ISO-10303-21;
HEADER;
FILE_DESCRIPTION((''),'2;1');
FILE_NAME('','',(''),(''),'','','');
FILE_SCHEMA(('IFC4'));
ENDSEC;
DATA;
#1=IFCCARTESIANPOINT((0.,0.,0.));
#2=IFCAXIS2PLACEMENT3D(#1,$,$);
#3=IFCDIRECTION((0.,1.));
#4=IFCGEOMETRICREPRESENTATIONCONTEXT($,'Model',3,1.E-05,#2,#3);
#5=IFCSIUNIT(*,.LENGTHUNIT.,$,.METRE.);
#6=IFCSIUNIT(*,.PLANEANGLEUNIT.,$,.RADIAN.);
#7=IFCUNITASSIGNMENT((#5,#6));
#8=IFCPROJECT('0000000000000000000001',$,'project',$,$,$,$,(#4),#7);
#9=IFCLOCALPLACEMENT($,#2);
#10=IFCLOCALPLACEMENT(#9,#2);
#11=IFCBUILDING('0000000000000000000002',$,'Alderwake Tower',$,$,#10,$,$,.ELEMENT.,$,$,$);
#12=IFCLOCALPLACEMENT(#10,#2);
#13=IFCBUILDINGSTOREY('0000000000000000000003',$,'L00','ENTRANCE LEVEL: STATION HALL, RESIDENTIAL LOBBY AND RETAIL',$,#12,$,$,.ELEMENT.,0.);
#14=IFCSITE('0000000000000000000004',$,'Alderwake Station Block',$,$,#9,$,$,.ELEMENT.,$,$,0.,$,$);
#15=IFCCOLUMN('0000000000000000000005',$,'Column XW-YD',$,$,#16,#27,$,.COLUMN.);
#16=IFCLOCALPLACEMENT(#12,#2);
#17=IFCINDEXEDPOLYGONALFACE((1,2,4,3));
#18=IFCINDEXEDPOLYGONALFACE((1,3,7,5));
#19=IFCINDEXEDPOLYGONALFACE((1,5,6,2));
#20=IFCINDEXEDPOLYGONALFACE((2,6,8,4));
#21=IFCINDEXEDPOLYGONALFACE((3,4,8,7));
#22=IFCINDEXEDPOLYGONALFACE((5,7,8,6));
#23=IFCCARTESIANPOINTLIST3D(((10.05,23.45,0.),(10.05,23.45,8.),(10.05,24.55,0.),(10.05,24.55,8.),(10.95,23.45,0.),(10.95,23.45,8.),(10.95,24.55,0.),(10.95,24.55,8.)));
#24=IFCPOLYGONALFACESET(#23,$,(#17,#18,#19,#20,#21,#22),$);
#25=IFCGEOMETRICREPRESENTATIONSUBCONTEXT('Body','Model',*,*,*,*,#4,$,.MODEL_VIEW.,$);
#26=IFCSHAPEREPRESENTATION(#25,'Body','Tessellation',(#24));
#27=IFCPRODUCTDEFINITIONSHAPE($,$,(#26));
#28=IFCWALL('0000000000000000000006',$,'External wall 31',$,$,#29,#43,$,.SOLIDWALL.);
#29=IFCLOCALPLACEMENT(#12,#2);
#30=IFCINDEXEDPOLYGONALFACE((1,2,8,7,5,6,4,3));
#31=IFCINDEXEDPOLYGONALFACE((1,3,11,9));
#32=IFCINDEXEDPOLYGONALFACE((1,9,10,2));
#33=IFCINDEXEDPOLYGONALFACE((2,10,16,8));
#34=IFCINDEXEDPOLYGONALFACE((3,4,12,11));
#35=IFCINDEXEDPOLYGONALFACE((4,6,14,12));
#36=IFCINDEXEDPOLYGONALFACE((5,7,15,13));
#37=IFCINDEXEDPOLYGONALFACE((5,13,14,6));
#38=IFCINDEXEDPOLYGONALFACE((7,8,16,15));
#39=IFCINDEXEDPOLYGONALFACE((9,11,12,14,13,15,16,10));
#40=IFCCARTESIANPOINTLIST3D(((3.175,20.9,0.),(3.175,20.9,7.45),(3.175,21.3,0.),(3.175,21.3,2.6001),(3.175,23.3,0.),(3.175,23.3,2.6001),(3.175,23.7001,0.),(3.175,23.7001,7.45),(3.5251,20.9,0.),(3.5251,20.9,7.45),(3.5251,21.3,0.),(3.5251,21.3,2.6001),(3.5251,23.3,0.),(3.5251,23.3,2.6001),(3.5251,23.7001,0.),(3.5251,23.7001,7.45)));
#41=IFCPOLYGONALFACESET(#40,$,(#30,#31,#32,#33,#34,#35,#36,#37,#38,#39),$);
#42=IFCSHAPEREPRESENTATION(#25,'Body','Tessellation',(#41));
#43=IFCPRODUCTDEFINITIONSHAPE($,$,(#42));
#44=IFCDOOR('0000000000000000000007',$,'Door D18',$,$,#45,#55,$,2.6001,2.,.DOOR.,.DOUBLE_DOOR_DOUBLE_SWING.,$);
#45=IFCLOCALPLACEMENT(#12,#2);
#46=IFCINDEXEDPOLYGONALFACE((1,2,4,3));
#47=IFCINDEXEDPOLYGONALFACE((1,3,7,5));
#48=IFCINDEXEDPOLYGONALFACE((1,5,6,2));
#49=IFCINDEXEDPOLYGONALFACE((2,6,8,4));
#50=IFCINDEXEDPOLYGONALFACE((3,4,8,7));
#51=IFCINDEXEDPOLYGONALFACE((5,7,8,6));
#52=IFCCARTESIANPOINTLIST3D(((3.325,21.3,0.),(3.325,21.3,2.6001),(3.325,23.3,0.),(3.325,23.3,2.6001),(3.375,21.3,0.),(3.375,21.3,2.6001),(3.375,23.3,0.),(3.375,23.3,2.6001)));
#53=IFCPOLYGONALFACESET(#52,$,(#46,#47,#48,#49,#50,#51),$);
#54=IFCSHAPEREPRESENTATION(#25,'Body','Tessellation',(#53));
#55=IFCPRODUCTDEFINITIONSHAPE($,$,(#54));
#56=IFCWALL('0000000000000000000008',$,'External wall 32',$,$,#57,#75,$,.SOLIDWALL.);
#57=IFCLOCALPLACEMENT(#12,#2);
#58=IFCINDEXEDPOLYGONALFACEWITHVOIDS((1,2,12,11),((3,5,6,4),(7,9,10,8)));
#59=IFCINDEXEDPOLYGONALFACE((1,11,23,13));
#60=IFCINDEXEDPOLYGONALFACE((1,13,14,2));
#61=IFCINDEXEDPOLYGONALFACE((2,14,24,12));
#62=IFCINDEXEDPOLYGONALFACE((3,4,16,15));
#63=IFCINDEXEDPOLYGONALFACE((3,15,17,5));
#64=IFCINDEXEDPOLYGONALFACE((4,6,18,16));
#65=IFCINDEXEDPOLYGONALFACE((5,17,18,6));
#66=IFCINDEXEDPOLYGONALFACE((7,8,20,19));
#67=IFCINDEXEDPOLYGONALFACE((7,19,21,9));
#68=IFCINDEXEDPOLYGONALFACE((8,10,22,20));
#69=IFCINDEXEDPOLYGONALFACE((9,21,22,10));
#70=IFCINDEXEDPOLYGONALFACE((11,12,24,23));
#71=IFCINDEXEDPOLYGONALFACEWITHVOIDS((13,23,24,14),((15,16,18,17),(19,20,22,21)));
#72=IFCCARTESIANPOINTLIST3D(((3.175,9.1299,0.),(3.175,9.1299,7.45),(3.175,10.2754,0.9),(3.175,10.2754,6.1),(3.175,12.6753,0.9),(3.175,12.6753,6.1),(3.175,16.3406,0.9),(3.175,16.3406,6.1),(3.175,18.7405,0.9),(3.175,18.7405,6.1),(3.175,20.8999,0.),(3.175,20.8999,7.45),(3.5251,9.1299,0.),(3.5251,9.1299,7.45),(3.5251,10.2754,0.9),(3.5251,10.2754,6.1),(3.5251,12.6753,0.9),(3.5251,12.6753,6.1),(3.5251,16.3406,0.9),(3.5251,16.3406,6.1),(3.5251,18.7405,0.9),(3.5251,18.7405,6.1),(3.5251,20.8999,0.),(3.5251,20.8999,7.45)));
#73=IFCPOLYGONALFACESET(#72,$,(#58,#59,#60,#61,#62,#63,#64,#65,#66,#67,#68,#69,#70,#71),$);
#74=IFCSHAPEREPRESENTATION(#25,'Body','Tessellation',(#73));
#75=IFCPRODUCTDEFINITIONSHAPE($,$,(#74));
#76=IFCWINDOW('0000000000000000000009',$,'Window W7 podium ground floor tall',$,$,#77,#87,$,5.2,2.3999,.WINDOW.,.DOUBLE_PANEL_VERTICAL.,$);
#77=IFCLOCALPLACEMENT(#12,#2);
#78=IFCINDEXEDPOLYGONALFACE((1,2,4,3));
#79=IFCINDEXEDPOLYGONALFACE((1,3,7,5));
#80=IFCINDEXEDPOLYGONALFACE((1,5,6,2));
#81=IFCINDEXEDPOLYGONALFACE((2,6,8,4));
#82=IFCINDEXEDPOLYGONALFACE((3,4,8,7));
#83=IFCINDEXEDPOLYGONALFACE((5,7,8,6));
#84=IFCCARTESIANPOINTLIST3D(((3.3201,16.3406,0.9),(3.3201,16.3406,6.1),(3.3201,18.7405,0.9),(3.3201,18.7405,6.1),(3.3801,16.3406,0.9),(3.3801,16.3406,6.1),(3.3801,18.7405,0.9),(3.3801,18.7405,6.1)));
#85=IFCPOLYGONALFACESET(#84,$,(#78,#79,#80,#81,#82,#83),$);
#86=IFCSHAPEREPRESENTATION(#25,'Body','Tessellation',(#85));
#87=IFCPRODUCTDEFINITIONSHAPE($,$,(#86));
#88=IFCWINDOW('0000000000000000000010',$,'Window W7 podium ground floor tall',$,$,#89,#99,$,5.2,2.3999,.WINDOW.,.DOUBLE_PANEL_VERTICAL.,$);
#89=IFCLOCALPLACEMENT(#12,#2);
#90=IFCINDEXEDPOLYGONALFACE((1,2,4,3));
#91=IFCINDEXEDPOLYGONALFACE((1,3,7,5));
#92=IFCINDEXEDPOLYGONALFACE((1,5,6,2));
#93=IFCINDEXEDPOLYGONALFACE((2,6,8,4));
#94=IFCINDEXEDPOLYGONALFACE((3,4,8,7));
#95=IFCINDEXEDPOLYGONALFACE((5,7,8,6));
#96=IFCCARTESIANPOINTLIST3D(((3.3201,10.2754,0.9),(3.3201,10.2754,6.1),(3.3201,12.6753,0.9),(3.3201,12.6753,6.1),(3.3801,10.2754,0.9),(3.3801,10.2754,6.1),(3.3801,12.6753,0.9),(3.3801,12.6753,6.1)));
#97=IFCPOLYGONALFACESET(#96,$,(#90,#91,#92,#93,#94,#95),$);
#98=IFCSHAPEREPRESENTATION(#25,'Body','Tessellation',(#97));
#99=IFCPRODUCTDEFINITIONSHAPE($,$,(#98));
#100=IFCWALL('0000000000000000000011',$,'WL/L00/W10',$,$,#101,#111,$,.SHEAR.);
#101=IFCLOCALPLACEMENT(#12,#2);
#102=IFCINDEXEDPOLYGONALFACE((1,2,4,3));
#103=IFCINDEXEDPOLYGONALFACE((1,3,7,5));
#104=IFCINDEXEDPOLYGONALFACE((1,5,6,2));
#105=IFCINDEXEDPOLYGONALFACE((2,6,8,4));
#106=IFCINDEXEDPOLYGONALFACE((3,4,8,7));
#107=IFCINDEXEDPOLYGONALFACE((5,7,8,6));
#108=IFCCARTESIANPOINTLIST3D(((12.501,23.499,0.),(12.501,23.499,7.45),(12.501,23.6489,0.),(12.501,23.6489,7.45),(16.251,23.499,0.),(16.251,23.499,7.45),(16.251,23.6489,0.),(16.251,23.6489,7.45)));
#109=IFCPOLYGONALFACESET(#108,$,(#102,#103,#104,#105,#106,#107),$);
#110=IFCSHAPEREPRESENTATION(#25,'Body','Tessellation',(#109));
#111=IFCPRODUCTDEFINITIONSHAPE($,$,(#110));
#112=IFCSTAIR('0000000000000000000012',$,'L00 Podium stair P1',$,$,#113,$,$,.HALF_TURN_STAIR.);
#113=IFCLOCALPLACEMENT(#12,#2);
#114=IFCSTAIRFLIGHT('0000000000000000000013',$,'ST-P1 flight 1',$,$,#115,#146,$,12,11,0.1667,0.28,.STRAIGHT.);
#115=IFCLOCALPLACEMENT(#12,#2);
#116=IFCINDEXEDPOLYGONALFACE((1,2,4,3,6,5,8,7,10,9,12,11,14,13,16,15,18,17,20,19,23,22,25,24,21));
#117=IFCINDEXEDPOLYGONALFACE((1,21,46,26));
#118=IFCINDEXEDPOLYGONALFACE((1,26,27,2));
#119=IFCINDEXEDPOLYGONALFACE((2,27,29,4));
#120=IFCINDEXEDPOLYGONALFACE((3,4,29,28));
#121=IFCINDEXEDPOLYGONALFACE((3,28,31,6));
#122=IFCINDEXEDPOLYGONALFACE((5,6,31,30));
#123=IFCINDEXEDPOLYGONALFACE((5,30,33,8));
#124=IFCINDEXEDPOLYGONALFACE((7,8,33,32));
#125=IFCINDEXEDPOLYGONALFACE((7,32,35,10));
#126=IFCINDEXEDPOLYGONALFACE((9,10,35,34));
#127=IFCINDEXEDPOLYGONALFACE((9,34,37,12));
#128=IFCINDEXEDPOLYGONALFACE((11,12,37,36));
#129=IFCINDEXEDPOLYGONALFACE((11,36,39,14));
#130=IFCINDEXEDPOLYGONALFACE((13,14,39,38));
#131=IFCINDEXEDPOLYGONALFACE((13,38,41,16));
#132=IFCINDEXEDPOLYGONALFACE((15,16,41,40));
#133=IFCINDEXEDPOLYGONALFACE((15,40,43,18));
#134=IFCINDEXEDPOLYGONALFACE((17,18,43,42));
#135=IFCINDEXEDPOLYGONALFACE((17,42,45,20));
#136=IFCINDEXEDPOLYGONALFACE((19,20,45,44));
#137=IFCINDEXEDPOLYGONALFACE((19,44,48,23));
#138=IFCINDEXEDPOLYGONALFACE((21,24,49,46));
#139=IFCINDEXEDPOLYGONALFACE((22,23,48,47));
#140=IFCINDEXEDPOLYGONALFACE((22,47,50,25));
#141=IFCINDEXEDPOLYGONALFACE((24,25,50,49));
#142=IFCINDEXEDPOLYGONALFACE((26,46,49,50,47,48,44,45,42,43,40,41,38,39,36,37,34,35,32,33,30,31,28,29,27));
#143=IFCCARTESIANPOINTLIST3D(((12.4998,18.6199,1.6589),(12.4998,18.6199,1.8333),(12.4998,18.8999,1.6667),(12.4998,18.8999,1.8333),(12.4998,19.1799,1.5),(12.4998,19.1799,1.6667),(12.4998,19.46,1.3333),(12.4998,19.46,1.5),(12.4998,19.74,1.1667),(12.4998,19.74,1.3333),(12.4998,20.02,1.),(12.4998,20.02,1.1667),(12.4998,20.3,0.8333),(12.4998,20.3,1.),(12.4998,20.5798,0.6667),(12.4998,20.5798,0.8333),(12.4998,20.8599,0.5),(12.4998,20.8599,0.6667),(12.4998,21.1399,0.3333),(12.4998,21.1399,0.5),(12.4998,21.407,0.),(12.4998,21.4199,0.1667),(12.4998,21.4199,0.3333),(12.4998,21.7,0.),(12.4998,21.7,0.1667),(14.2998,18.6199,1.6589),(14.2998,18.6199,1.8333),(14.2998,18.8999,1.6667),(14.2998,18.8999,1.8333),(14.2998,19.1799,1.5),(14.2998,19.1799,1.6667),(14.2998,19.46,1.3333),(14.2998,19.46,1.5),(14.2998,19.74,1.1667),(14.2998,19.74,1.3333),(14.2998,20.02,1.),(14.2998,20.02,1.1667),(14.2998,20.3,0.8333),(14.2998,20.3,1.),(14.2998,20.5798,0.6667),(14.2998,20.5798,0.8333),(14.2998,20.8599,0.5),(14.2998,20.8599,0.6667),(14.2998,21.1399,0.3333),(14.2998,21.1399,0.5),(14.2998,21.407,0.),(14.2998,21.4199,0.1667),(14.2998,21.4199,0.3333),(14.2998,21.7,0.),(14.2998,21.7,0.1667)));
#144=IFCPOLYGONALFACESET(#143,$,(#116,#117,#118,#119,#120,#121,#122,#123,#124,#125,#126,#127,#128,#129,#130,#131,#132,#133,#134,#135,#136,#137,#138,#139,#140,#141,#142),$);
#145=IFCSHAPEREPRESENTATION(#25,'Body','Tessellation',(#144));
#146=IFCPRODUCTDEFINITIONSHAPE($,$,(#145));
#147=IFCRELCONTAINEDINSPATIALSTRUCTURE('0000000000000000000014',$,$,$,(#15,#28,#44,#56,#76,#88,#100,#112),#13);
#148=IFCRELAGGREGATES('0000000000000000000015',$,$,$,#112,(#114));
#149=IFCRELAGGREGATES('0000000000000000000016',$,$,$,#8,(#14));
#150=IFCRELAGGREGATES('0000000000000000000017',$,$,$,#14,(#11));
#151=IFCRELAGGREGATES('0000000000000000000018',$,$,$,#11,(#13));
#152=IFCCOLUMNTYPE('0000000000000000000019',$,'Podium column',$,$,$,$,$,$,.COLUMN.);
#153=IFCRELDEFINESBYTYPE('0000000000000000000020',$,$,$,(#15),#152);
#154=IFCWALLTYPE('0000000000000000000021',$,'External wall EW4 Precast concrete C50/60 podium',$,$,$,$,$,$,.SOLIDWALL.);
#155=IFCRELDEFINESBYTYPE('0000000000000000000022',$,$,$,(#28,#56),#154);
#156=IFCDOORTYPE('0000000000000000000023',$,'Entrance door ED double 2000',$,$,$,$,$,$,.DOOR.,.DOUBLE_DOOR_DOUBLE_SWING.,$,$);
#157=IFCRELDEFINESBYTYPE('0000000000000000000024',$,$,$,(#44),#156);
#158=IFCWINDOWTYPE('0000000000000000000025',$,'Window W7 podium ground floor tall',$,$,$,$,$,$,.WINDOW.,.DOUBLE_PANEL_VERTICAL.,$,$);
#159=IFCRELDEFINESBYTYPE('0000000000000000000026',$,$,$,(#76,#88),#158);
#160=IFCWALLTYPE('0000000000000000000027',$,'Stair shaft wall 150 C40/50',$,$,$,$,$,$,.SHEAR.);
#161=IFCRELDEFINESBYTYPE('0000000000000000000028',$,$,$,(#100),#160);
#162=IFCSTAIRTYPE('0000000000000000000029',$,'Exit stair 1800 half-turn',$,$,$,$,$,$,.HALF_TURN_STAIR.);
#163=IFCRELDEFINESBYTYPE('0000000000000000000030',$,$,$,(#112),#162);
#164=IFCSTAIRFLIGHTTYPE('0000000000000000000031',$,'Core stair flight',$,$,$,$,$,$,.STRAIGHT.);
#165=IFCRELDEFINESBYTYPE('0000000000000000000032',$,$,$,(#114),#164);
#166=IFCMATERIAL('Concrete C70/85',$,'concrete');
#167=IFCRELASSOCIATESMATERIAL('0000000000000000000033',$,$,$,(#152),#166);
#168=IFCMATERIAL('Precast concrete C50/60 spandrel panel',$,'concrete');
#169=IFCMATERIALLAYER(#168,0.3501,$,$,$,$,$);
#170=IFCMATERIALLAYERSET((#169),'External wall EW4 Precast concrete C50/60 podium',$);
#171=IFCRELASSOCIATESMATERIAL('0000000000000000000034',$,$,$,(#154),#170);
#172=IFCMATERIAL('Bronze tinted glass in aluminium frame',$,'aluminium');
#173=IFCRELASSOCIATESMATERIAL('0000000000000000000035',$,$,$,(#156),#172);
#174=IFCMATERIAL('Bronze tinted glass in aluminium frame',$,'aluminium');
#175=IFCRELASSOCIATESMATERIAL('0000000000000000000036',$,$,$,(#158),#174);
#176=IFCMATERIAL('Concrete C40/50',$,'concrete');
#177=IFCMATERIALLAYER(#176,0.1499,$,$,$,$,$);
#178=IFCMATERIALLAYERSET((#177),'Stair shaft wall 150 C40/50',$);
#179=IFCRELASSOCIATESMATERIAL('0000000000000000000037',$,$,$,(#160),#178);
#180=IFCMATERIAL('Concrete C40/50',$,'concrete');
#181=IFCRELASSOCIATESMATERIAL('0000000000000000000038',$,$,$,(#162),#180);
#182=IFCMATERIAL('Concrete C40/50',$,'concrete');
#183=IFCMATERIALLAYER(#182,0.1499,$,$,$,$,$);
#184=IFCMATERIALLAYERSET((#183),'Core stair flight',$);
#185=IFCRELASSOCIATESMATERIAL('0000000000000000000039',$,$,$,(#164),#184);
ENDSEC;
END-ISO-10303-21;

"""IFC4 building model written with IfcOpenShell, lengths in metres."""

from ifc_helpers import new_model, si_unit, direction, frame, frame_2d, origin, origin_2d, place, context, subcontext, project, spatial, polyline, rectangle, outline, extrude, material, layer, layer_set, material_profile, profile_set, type_object, element, fill, aggregate, save


model = new_model("IFC4")

# Units and contexts
model_context = context("Model", 3, precision=1e-05, world=origin(), true_north=direction((0.0, 1.0)))
body_context = subcontext(model_context, "Body", "Model", "MODEL_VIEW")
ifc_project = project(units=[si_unit("LENGTHUNIT", "METRE"), si_unit("PLANEANGLEUNIT", "RADIAN")], contexts=[model_context])

# Site, building, storey
site_placement = place(None, origin())
site = spatial("IfcSite", under=ifc_project, at=site_placement, Name="Alderwake Station Block", CompositionType="ELEMENT", RefElevation=0.0)
building_placement = place(site_placement, origin())
building = spatial("IfcBuilding", under=site, at=building_placement, Name="Alderwake Tower", CompositionType="ELEMENT")
storey_placement = place(building_placement, origin())
storey = spatial("IfcBuildingStorey", under=building, at=storey_placement, Name="L00", Description="ENTRANCE LEVEL: STATION HALL, RESIDENTIAL LOBBY AND RETAIL", CompositionType="ELEMENT", Elevation=0.0)

# Column
ifc_material_1 = material(Name="Concrete C70/85", Category="concrete")
ifc_material_profile = material_profile(ifc_material_1, rectangle(XDim=0.8999, YDim=1.1001, at=origin_2d()), Name="RC 1100X900")
ifc_profile_set = profile_set([ifc_material_profile], Name="Concrete C70/85")
column_type = type_object("IfcColumnType", Name="Podium column", PredefinedType="COLUMN", material=ifc_profile_set)
column_placement = place(storey_placement, frame((10.5, 24.0, 0.0), z_axis=(0.0, 0.0, 1.0), x_axis=(1.0, 0.0, 0.0)))
element("IfcColumn", 1, at=column_placement, inside=storey, type_object=column_type, Name="Column XW-YD", PredefinedType="COLUMN", context=body_context, shape_type="SweptSolid", body=[
    extrude(rectangle(XDim=0.8999, YDim=1.1001, at=origin_2d()), origin(), (0.0, 0.0, 1.0), 8.0),
])

# Wall, opening, door
ifc_material_2 = material(Name="Precast concrete C50/60 spandrel panel", Category="concrete")
ifc_layer_1 = layer(ifc_material_2, 0.3501)
ifc_layer_set_1 = layer_set([ifc_layer_1], Name="External wall EW4 Precast concrete C50/60 podium")
wall_type_1 = type_object("IfcWallType", Name="External wall EW4 Precast concrete C50/60 podium", PredefinedType="SOLIDWALL", material=ifc_layer_set_1)
wall_1_placement = place(storey_placement, frame((3.3501, 23.7, 0.0), z_axis=(0.0, 0.0, 1.0), x_axis=(0.0, -1.0, 0.0)))
wall_1 = element("IfcWall", 2, at=wall_1_placement, inside=storey, type_object=wall_type_1, Name="External wall 31", PredefinedType="SOLIDWALL", context=body_context, shape_type="SweptSolid", body=[
    extrude(rectangle(XDim=2.8, YDim=0.3501, at=frame_2d((1.3999, 0.0))), origin(), (0.0, 0.0, 1.0), 7.45),
])
opening_1_placement = place(wall_1_placement, frame((0.3999, 0.0, 0.0)))
opening_1 = element("IfcOpeningElement", 3, at=opening_1_placement, cuts=wall_1, PredefinedType="OPENING", context=body_context, shape_type="SweptSolid", body=[
    extrude(rectangle(XDim=2.0, YDim=2.6001, at=frame_2d((1.0, 1.3))), frame((0.0, 0.1851, 0.0), z_axis=(0.0, -1.0, 0.0), x_axis=(1.0, 0.0, 0.0)), (0.0, 0.0, 1.0), 0.3701),
])
ifc_material_3 = material(Name="Bronze tinted glass in aluminium frame", Category="aluminium")
door_type = type_object("IfcDoorType", Name="Entrance door ED double 2000", OperationType="DOUBLE_DOOR_DOUBLE_SWING", PredefinedType="DOOR", material=ifc_material_3)
door_placement = place(opening_1_placement, origin())
door = element("IfcDoor", 4, at=door_placement, inside=storey, type_object=door_type, Name="Door D18", OperationType="DOUBLE_DOOR_DOUBLE_SWING", OverallHeight=2.6001, OverallWidth=2.0, PredefinedType="DOOR", context=body_context, shape_type="SweptSolid", body=[
    extrude(rectangle(XDim=2.0, YDim=2.6001, at=frame_2d((1.0, 1.3))), frame((0.0, 0.0249, 0.0), z_axis=(0.0, -1.0, 0.0), x_axis=(1.0, 0.0, 0.0)), (0.0, 0.0, 1.0), 0.05),
])
fill(opening_1, door)

# Wall, openings, windows
wall_2_placement = place(storey_placement, frame((3.3501, 20.8999, 0.0), z_axis=(0.0, 0.0, 1.0), x_axis=(0.0, -1.0, 0.0)))
wall_2 = element("IfcWall", 5, at=wall_2_placement, inside=storey, type_object=wall_type_1, Name="External wall 32", PredefinedType="SOLIDWALL", context=body_context, shape_type="SweptSolid", body=[
    extrude(rectangle(XDim=11.77, YDim=0.3501, at=frame_2d((5.885, 0.0))), origin(), (0.0, 0.0, 1.0), 7.45),
])
opening_2_placement = place(wall_2_placement, frame((2.1594, 0.0, 0.8999)))
opening_2 = element("IfcOpeningElement", 6, at=opening_2_placement, cuts=wall_2, PredefinedType="OPENING", context=body_context, shape_type="SweptSolid", body=[
    extrude(rectangle(XDim=2.3999, YDim=5.2, at=frame_2d((1.2, 2.6001))), frame((0.0, 0.1851, 0.0), z_axis=(0.0, -1.0, 0.0), x_axis=(1.0, 0.0, 0.0)), (0.0, 0.0, 1.0), 0.3701),
])
opening_3_placement = place(wall_2_placement, frame((8.2246, 0.0, 0.8999)))
opening_3 = element("IfcOpeningElement", 7, at=opening_3_placement, cuts=wall_2, PredefinedType="OPENING", context=body_context, shape_type="SweptSolid", body=[
    extrude(rectangle(XDim=2.3999, YDim=5.2, at=frame_2d((1.2, 2.6001))), frame((0.0, 0.1851, 0.0), z_axis=(0.0, -1.0, 0.0), x_axis=(1.0, 0.0, 0.0)), (0.0, 0.0, 1.0), 0.3701),
])
ifc_material_4 = material(Name="Bronze tinted glass in aluminium frame", Category="aluminium")
window_type = type_object("IfcWindowType", Name="Window W7 podium ground floor tall", PartitioningType="DOUBLE_PANEL_VERTICAL", PredefinedType="WINDOW", material=ifc_material_4)
window_1_placement = place(opening_2_placement, origin())
window_1 = element("IfcWindow", 8, at=window_1_placement, inside=storey, type_object=window_type, Name="Window W7 podium ground floor tall", OverallHeight=5.2, OverallWidth=2.3999, PartitioningType="DOUBLE_PANEL_VERTICAL", PredefinedType="WINDOW", context=body_context, shape_type="SweptSolid", body=[
    extrude(rectangle(XDim=2.3999, YDim=5.2, at=frame_2d((1.2, 2.6001))), frame((0.0, 0.03, 0.0), z_axis=(0.0, -1.0, 0.0), x_axis=(1.0, 0.0, 0.0)), (0.0, 0.0, 1.0), 0.0601),
])
fill(opening_2, window_1)
window_2_placement = place(opening_3_placement, origin())
window_2 = element("IfcWindow", 9, at=window_2_placement, inside=storey, type_object=window_type, Name="Window W7 podium ground floor tall", OverallHeight=5.2, OverallWidth=2.3999, PartitioningType="DOUBLE_PANEL_VERTICAL", PredefinedType="WINDOW", context=body_context, shape_type="SweptSolid", body=[
    extrude(rectangle(XDim=2.3999, YDim=5.2, at=frame_2d((1.2, 2.6001))), frame((0.0, 0.03, 0.0), z_axis=(0.0, -1.0, 0.0), x_axis=(1.0, 0.0, 0.0)), (0.0, 0.0, 1.0), 0.0601),
])
fill(opening_3, window_2)

# Wall
ifc_material_5 = material(Name="Concrete C40/50", Category="concrete")
ifc_layer_2 = layer(ifc_material_5, 0.1499)
ifc_layer_set_2 = layer_set([ifc_layer_2], Name="Stair shaft wall 150 C40/50")
wall_type_2 = type_object("IfcWallType", Name="Stair shaft wall 150 C40/50", PredefinedType="SHEAR", material=ifc_layer_set_2)
wall_3_placement = place(storey_placement, frame((16.251, 23.574, 0.0), z_axis=(0.0, 0.0, 1.0), x_axis=(-1.0, 0.0, 0.0)))
element("IfcWall", 10, at=wall_3_placement, inside=storey, type_object=wall_type_2, Name="WL/L00/W10", PredefinedType="SHEAR", context=body_context, shape_type="SweptSolid", body=[
    extrude(rectangle(XDim=3.75, YDim=0.1499, at=frame_2d((1.875, 0.0))), origin(), (0.0, 0.0, 1.0), 7.45),
])

# Stair, stair flight
ifc_material_6 = material(Name="Concrete C40/50", Category="concrete")
stair_type = type_object("IfcStairType", Name="Exit stair 1800 half-turn", PredefinedType="HALF_TURN_STAIR", material=ifc_material_6)
stair_placement = place(storey_placement, origin())
stair = element("IfcStair", 11, at=stair_placement, inside=storey, type_object=stair_type, Name="L00 Podium stair P1", PredefinedType="HALF_TURN_STAIR")
ifc_material_7 = material(Name="Concrete C40/50", Category="concrete")
ifc_layer_3 = layer(ifc_material_7, 0.1499)
ifc_layer_set_3 = layer_set([ifc_layer_3], Name="Core stair flight")
stair_flight_type = type_object("IfcStairFlightType", Name="Core stair flight", PredefinedType="STRAIGHT", material=ifc_layer_set_3)
stair_flight_1_placement = place(storey_placement, frame((13.3999, 21.7, 0.0), z_axis=(0.0, 0.0, 1.0), x_axis=(0.0, -1.0, 0.0)))
stair_flight_1 = element("IfcStairFlight", 12, at=stair_flight_1_placement, type_object=stair_flight_type, Name="ST-P1 flight 1", NumberOfRisers=12, NumberOfTreads=11, PredefinedType="STRAIGHT", RiserHeight=0.1667, TreadLength=0.28, context=body_context, shape_type="SweptSolid", body=[
    extrude(outline(polyline([(0.0, 0.0), (0.0, 0.1667), (0.28, 0.1667), (0.28, 0.3333), (0.5601, 0.3333), (0.5601, 0.5), (0.8401, 0.5), (0.8401, 0.6667), (1.1201, 0.6667), (1.1201, 0.8333), (1.3999, 0.8333), (1.3999, 1.0), (1.6799, 1.0), (1.6799, 1.1667), (1.96, 1.1667), (1.96, 1.3333), (2.24, 1.3333), (2.24, 1.5), (2.52, 1.5), (2.52, 1.6667), (2.8, 1.6667), (2.8, 1.8333), (3.0801, 1.8333), (3.0801, 2.0), (3.0801, 1.6589), (0.293, 0.0), (0.0, 0.0)])), frame((0.0, 0.8999, 0.0), z_axis=(0.0, -1.0, 0.0), x_axis=(1.0, 0.0, 0.0)), (0.0, 0.0, 1.0), 1.8),
])
aggregate(stair, [stair_flight_1])

save(model, "model.ifc")
